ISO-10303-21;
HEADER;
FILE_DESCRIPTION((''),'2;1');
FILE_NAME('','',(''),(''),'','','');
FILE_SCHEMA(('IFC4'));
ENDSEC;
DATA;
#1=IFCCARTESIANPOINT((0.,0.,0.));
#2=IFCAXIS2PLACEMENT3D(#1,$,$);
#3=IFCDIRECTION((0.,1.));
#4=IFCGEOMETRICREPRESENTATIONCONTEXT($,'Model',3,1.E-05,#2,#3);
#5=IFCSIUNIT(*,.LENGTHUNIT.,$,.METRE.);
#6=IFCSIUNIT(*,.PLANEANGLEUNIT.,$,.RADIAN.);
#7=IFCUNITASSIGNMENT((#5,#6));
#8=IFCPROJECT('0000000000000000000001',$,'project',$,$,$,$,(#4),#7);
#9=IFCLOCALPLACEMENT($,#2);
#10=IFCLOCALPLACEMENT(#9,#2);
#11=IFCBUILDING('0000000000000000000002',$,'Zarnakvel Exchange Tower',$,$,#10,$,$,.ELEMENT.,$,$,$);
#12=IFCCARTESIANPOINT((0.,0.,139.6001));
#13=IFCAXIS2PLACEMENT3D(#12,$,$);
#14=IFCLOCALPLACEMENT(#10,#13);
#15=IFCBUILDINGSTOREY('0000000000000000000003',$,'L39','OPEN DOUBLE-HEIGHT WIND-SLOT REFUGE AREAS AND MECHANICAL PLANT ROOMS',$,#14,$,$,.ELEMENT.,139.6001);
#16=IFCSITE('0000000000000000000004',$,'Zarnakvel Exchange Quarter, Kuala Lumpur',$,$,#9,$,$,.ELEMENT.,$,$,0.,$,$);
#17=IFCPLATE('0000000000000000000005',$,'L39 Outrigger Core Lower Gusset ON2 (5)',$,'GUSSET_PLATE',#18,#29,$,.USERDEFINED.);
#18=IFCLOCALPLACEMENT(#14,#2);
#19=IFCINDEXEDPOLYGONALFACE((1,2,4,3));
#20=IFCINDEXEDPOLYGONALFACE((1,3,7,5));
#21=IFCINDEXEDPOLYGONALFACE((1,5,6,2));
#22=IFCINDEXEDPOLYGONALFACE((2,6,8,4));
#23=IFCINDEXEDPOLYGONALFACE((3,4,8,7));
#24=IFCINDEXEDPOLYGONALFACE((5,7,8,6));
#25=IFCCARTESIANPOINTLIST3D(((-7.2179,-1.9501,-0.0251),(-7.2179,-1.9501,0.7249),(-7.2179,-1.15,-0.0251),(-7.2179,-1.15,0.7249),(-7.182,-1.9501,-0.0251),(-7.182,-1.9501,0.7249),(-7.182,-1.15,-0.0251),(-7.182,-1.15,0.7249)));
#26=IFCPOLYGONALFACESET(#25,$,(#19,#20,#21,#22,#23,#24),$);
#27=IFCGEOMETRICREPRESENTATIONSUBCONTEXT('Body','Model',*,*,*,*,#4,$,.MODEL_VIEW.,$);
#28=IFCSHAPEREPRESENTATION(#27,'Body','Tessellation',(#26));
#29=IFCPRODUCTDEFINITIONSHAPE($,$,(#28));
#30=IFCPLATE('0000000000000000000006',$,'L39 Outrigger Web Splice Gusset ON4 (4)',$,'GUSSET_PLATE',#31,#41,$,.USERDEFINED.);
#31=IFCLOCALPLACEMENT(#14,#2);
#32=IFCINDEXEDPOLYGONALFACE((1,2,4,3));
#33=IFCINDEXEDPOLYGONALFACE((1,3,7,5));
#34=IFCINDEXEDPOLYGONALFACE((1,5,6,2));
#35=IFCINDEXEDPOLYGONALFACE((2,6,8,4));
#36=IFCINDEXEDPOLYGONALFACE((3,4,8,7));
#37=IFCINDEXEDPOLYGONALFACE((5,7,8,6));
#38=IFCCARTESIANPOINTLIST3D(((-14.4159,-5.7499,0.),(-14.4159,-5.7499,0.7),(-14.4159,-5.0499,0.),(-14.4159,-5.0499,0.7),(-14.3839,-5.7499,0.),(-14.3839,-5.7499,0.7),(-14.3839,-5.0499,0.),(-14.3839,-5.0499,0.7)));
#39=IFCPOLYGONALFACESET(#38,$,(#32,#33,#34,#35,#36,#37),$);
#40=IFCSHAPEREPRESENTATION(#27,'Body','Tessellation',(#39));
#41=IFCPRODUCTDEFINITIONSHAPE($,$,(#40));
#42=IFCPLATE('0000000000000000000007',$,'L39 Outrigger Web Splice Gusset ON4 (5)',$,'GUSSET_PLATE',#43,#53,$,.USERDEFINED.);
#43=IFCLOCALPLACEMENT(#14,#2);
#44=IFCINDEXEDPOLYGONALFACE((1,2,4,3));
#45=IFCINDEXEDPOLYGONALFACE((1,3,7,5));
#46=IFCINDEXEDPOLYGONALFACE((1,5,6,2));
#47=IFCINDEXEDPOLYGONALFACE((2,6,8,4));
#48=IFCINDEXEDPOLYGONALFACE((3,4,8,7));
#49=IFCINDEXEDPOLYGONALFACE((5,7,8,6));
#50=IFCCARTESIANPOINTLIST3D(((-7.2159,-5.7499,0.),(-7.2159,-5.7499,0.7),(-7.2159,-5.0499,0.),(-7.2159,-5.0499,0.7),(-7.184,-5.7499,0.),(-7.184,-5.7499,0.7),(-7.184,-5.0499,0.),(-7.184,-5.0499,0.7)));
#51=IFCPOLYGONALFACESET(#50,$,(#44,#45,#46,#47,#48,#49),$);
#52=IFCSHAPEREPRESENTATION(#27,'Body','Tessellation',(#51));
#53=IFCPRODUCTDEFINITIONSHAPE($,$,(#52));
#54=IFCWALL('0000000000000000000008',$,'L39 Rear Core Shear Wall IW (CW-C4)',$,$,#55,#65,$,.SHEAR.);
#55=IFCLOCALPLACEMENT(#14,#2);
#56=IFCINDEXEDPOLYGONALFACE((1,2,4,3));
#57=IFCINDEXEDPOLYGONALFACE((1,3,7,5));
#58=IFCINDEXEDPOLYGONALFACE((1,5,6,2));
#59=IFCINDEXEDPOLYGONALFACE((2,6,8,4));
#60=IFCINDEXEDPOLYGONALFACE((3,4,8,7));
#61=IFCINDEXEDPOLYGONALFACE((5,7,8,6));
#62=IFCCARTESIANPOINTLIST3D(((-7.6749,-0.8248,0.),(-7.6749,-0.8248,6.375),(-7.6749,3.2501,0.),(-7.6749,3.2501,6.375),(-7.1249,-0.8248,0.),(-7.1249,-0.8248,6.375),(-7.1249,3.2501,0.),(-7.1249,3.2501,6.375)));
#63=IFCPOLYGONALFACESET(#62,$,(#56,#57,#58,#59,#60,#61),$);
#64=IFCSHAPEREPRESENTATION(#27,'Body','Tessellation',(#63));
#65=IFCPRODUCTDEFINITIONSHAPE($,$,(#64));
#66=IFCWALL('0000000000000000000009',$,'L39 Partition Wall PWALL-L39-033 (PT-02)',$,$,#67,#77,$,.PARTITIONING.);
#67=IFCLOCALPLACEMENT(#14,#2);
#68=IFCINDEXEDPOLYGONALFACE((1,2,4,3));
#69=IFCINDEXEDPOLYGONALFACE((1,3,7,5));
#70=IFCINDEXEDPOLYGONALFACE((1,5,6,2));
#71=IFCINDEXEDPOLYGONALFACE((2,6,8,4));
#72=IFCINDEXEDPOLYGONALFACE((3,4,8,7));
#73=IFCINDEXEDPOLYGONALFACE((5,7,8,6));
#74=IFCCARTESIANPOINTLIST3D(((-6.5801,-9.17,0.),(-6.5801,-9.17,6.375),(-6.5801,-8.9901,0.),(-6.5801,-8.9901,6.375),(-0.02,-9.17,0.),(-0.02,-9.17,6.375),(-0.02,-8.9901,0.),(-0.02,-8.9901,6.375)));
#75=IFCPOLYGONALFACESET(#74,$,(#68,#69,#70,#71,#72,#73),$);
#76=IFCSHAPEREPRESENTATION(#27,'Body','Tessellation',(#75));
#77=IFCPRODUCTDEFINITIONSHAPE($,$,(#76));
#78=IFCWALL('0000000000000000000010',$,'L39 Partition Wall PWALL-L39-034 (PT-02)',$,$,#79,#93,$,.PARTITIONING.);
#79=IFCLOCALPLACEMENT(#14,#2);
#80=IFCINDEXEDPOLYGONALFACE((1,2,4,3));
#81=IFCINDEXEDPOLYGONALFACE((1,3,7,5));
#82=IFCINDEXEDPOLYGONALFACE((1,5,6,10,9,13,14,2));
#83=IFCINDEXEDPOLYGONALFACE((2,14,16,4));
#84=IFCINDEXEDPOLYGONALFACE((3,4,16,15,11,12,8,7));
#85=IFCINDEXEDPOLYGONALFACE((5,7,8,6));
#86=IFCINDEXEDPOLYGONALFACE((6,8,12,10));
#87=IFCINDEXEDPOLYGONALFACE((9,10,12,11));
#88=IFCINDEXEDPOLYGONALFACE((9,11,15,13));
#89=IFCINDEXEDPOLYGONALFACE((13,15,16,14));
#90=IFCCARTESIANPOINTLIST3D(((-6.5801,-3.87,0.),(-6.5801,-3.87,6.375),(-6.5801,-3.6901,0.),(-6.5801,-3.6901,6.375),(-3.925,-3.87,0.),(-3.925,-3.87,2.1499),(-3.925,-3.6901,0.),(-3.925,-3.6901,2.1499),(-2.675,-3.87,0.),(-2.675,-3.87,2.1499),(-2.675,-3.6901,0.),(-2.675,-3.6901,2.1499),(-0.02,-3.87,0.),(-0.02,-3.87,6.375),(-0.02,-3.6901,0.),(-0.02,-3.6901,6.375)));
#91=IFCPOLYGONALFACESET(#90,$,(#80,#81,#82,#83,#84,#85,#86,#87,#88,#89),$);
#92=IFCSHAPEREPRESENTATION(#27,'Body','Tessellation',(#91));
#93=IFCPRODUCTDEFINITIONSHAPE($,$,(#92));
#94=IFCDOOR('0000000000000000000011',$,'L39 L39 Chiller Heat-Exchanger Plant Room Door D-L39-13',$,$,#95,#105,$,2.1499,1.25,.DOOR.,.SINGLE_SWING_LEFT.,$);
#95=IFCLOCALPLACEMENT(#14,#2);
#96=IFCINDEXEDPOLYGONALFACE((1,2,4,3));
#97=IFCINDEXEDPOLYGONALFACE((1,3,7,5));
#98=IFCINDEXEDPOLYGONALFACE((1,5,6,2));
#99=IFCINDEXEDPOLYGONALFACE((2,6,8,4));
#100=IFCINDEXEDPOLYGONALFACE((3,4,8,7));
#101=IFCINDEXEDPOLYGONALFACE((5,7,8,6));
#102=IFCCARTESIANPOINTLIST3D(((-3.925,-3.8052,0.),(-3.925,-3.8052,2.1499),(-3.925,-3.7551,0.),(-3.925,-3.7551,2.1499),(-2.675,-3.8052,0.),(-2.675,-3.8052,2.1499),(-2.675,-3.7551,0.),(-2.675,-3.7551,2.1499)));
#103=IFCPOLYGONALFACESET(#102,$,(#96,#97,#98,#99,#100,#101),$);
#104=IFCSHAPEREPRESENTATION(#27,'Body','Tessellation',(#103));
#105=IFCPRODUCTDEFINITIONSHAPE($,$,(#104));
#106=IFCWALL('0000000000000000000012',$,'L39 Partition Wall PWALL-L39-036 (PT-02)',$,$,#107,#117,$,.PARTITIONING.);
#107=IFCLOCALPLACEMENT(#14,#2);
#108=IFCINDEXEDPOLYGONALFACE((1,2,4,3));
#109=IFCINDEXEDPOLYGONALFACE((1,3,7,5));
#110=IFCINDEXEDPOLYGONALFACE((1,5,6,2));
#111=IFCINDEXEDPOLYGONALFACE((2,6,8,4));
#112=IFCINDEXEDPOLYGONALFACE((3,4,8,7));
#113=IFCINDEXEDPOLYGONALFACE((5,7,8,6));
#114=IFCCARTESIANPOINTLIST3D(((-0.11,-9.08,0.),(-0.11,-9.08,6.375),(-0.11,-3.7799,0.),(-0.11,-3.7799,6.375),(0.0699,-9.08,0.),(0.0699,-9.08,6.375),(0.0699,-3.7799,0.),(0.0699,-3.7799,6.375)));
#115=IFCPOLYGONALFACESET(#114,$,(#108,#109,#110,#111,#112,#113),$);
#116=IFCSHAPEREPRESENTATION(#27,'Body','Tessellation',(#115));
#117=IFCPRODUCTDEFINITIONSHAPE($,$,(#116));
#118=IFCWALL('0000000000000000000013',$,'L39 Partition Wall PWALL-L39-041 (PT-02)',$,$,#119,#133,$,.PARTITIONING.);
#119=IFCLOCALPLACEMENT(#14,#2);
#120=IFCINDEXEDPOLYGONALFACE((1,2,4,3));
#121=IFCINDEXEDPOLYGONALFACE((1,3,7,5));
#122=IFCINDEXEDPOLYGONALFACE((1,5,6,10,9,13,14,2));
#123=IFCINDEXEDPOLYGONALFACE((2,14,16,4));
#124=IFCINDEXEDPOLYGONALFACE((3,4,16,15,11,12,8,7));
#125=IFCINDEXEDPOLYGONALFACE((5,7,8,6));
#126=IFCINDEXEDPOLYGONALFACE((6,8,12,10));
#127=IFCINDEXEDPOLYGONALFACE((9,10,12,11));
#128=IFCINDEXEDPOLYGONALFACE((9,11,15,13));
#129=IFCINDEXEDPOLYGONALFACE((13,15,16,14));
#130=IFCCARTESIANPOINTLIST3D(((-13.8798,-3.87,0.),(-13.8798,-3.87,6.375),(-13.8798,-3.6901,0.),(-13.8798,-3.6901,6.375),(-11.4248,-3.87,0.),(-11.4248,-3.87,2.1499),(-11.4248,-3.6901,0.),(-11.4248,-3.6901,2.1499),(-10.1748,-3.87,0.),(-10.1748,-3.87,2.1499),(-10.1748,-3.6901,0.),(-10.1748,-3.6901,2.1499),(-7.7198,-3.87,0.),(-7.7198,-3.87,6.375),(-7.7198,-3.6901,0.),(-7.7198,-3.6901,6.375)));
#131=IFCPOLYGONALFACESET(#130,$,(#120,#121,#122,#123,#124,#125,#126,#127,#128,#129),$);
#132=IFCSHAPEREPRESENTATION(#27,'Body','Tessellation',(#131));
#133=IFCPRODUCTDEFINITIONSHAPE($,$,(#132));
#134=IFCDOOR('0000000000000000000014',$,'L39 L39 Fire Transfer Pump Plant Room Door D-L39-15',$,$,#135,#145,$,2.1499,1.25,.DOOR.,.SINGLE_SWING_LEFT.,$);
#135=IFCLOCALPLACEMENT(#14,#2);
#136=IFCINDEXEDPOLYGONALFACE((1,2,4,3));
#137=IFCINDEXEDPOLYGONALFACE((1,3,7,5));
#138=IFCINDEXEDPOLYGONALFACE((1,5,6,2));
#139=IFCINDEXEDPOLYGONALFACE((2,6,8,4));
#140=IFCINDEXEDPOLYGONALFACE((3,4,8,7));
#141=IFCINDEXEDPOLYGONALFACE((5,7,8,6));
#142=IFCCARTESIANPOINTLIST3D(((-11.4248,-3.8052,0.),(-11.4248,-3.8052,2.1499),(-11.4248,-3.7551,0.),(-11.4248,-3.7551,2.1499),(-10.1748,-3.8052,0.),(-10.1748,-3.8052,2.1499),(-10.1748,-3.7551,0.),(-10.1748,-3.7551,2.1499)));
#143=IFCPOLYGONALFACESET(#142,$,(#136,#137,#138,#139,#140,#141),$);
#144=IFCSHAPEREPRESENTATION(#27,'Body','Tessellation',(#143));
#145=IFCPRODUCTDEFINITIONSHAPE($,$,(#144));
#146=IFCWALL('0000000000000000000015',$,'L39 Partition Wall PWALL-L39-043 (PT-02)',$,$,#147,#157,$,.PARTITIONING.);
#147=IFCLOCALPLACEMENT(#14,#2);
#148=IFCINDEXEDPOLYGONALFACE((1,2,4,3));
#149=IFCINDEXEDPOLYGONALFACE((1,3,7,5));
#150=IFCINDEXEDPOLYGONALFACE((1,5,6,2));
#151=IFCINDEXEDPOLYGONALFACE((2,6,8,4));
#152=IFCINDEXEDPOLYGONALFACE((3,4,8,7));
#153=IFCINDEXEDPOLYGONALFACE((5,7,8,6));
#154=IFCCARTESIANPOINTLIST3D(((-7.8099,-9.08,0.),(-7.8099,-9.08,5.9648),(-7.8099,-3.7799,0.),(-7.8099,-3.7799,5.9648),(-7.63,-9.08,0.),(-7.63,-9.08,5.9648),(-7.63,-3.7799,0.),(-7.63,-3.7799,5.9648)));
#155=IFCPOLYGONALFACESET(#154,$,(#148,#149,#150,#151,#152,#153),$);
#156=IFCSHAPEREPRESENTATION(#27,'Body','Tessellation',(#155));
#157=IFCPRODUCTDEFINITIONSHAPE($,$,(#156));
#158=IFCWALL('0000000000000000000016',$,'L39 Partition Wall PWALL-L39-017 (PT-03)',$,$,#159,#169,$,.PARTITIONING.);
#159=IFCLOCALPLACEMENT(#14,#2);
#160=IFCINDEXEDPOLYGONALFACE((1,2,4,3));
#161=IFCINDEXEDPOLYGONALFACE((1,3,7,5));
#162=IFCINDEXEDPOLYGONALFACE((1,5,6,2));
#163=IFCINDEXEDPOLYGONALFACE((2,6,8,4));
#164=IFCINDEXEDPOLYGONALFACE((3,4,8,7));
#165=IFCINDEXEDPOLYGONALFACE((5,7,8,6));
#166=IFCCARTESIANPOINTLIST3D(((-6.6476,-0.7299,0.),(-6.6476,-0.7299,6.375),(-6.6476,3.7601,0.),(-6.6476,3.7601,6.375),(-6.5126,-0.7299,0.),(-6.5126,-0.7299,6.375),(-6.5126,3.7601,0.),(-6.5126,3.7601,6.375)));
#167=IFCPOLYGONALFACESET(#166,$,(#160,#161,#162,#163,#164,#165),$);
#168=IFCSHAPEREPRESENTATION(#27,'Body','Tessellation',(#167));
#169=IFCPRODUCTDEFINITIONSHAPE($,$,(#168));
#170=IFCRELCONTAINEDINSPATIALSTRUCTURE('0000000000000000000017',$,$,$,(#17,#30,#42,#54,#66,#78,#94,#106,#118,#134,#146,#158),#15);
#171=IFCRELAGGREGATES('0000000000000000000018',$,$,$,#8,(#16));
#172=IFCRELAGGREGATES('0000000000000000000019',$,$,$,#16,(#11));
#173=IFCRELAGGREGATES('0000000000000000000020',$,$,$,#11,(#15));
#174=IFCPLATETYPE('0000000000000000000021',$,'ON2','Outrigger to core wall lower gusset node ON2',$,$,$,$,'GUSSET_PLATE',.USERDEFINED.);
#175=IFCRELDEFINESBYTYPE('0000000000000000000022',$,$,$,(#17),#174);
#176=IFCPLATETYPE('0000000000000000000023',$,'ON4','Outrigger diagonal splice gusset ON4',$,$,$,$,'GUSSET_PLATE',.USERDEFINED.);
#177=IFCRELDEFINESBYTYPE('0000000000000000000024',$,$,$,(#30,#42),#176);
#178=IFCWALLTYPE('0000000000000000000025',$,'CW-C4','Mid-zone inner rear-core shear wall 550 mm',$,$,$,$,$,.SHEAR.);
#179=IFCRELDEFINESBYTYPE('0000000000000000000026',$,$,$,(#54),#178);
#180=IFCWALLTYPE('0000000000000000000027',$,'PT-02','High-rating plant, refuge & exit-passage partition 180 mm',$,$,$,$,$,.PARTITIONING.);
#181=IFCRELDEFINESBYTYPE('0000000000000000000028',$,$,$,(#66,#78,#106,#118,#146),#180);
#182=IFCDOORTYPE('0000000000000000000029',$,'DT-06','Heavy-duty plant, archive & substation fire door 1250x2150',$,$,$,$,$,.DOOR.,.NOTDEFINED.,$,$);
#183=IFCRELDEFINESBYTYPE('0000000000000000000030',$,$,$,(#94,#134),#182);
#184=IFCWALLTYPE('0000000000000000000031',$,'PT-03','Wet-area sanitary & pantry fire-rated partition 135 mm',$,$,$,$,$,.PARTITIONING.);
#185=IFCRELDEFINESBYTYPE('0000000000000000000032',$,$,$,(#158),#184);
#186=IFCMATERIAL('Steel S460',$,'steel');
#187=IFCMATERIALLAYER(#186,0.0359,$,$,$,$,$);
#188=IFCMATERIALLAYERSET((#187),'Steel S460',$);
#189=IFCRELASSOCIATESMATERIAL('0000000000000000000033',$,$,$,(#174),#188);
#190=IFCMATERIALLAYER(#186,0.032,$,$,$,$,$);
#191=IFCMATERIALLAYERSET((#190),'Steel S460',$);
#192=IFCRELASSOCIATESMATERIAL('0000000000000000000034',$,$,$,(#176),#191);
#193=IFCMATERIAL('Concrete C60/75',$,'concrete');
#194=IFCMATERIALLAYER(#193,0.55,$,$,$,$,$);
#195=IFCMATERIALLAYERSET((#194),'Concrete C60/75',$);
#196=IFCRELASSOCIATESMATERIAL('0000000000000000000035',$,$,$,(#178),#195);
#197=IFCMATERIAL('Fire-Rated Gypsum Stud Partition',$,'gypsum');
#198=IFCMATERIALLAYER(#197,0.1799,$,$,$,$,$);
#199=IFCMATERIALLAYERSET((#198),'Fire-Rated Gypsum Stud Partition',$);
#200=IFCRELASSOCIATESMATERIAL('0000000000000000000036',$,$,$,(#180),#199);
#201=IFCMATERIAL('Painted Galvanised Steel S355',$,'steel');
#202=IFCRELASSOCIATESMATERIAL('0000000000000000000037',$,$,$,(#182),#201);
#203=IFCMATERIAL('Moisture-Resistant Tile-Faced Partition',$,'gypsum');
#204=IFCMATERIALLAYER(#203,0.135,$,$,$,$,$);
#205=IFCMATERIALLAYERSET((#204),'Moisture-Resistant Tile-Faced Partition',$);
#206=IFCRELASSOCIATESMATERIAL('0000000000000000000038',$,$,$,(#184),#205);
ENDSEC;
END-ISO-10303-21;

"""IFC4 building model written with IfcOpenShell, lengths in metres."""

from ifc_helpers import new_model, si_unit, direction, frame, frame_2d, origin, origin_2d, place, context, subcontext, project, spatial, rectangle, extrude, source, transform, mapped, material, layer, layer_set, type_object, element, fill, save


model = new_model("IFC4")

# Units and contexts
model_context = context("Model", 3, precision=1e-05, world=origin(), true_north=direction((0.0, 1.0)))
body_context = subcontext(model_context, "Body", "Model", "MODEL_VIEW")
ifc_project = project(units=[si_unit("LENGTHUNIT", "METRE"), si_unit("PLANEANGLEUNIT", "RADIAN")], contexts=[model_context])

# Site, building, storey
site_placement = place(None, origin())
site = spatial("IfcSite", under=ifc_project, at=site_placement, Name="Zarnakvel Exchange Quarter, Kuala Lumpur", CompositionType="ELEMENT", RefElevation=0.0)
building_placement = place(site_placement, origin())
building = spatial("IfcBuilding", under=site, at=building_placement, Name="Zarnakvel Exchange Tower", CompositionType="ELEMENT")
storey_placement = place(building_placement, frame((0.0, 0.0, 139.6001)))
storey = spatial("IfcBuildingStorey", under=building, at=storey_placement, Name="L39", Description="OPEN DOUBLE-HEIGHT WIND-SLOT REFUGE AREAS AND MECHANICAL PLANT ROOMS", CompositionType="ELEMENT", Elevation=139.6001)

# Shared definitions
ifc_material_1 = material(Name="Concrete C60/75", Category="concrete")

# Shared definitions
ifc_material_2 = material(Name="Steel S460", Category="steel")

# Plates
ifc_layer_1 = layer(ifc_material_2, 0.0359)
ifc_layer_set_1 = layer_set([ifc_layer_1], Name="Steel S460")
plate_type_1 = type_object("IfcPlateType", Name="ON2", Description="Outrigger to core wall lower gusset node ON2", ElementType="GUSSET_PLATE", PredefinedType="USERDEFINED", material=ifc_layer_set_1)
shared_shape_1 = source(origin(), body_context, "Body", "SweptSolid", [
    extrude(rectangle(XDim=0.0359, YDim=0.8, at=origin_2d()), origin(), (0.0, 0.0, 1.0), 0.75),
])
for number, where, z_axis, x_axis, name in (
    (1, (-7.2, -1.55, -0.0251), (0.0, 0.0, 1.0), (1.0, 0.0, 0.0), "L39 Outrigger Core Lower Gusset ON2 (5)"),
):
    element("IfcPlate", number, at=place(storey_placement, frame(where, z_axis=z_axis, x_axis=x_axis)), inside=storey, type_object=plate_type_1, Name=name, ObjectType="GUSSET_PLATE", PredefinedType="USERDEFINED", context=body_context, shape_type="MappedRepresentation", body=[
        mapped(shared_shape_1, transform((0.0, 0.0, 0.0), x_axis=(1.0, 0.0, 0.0), y_axis=(0.0, 1.0, 0.0), z_axis=(0.0, 0.0, 1.0), scale=1.0)),
    ])
ifc_layer_2 = layer(ifc_material_2, 0.032)
ifc_layer_set_2 = layer_set([ifc_layer_2], Name="Steel S460")
plate_type_2 = type_object("IfcPlateType", Name="ON4", Description="Outrigger diagonal splice gusset ON4", ElementType="GUSSET_PLATE", PredefinedType="USERDEFINED", material=ifc_layer_set_2)
shared_shape_2 = source(origin(), body_context, "Body", "SweptSolid", [
    extrude(rectangle(XDim=0.032, YDim=0.7, at=origin_2d()), origin(), (0.0, 0.0, 1.0), 0.7),
])
for number, where, z_axis, x_axis, name in (
    (2, (-14.3999, -5.3999, 0.0), (0.0, 0.0, 1.0), (1.0, 0.0, 0.0), "L39 Outrigger Web Splice Gusset ON4 (4)"),
    (3, (-7.2, -5.3999, 0.0), (0.0, 0.0, 1.0), (1.0, 0.0, 0.0), "L39 Outrigger Web Splice Gusset ON4 (5)"),
):
    element("IfcPlate", number, at=place(storey_placement, frame(where, z_axis=z_axis, x_axis=x_axis)), inside=storey, type_object=plate_type_2, Name=name, ObjectType="GUSSET_PLATE", PredefinedType="USERDEFINED", context=body_context, shape_type="MappedRepresentation", body=[
        mapped(shared_shape_2, transform((0.0, 0.0, 0.0), x_axis=(1.0, 0.0, 0.0), y_axis=(0.0, 1.0, 0.0), z_axis=(0.0, 0.0, 1.0), scale=1.0)),
    ])

# Shared definitions
ifc_material_3 = material(Name="Painted Galvanised Steel S355", Category="steel")

# Walls
ifc_layer_3 = layer(ifc_material_1, 0.55)
ifc_layer_set_3 = layer_set([ifc_layer_3], Name="Concrete C60/75")
wall_type_1 = type_object("IfcWallType", Name="CW-C4", Description="Mid-zone inner rear-core shear wall 550 mm", PredefinedType="SHEAR", material=ifc_layer_set_3)
wall_1_placement = place(storey_placement, frame((-7.3999, -0.825, 0.0), z_axis=(0.0, 0.0, 1.0), x_axis=(0.0, 1.0, 0.0)))
element("IfcWall", 4, at=wall_1_placement, inside=storey, type_object=wall_type_1, Name="L39 Rear Core Shear Wall IW (CW-C4)", PredefinedType="SHEAR", context=body_context, shape_type="SweptSolid", body=[
    extrude(rectangle(XDim=4.075, YDim=0.55, at=frame_2d((2.0376, 0.0))), origin(), (0.0, 0.0, 1.0), 6.375),
])
ifc_material_4 = material(Name="Fire-Rated Gypsum Stud Partition", Category="gypsum")
ifc_layer_4 = layer(ifc_material_4, 0.1799)
ifc_layer_set_4 = layer_set([ifc_layer_4], Name="Fire-Rated Gypsum Stud Partition")
wall_type_2 = type_object("IfcWallType", Name="PT-02", Description="High-rating plant, refuge & exit-passage partition 180 mm", PredefinedType="PARTITIONING", material=ifc_layer_set_4)
wall_2_placement = place(storey_placement, frame((-0.02, -9.0801, 0.0), z_axis=(0.0, 0.0, 1.0), x_axis=(-1.0, 0.0, 0.0)))
element("IfcWall", 5, at=wall_2_placement, inside=storey, type_object=wall_type_2, Name="L39 Partition Wall PWALL-L39-033 (PT-02)", PredefinedType="PARTITIONING", context=body_context, shape_type="SweptSolid", body=[
    extrude(rectangle(XDim=6.5601, YDim=0.1799, at=frame_2d((3.28, 0.0))), origin(), (0.0, 0.0, 1.0), 6.375),
])

# Wall, opening, door
wall_3_placement = place(storey_placement, frame((-6.5801, -3.78, 0.0), z_axis=(0.0, 0.0, 1.0), x_axis=(1.0, 0.0, 0.0)))
wall_3 = element("IfcWall", 6, at=wall_3_placement, inside=storey, type_object=wall_type_2, Name="L39 Partition Wall PWALL-L39-034 (PT-02)", PredefinedType="PARTITIONING", context=body_context, shape_type="SweptSolid", body=[
    extrude(rectangle(XDim=6.5601, YDim=0.1799, at=frame_2d((3.28, 0.0))), origin(), (0.0, 0.0, 1.0), 6.375),
])
opening_1_placement = place(wall_3_placement, frame((2.655, 0.0, 0.0)))
opening_1 = element("IfcOpeningElement", 7, at=opening_1_placement, cuts=wall_3, PredefinedType="OPENING", context=body_context, shape_type="SweptSolid", body=[
    extrude(rectangle(XDim=1.25, YDim=2.1499, at=frame_2d((0.625, 1.075))), frame((0.0, 0.0999, 0.0), z_axis=(0.0, -1.0, 0.0), x_axis=(1.0, 0.0, 0.0)), (0.0, 0.0, 1.0), 0.2),
])
door_type_1 = type_object("IfcDoorType", Name="DT-06", Description="Heavy-duty plant, archive & substation fire door 1250x2150", OperationType="NOTDEFINED", PredefinedType="DOOR", material=ifc_material_3)
shared_shape_3 = source(origin(), body_context, "Body", "SweptSolid", [
    extrude(rectangle(XDim=1.25, YDim=2.1499, at=frame_2d((0.625, 1.075))), frame((0.0, 0.0249, 0.0), z_axis=(0.0, -1.0, 0.0), x_axis=(1.0, 0.0, 0.0)), (0.0, 0.0, 1.0), 0.05),
])
door_1_placement = place(opening_1_placement, origin())
door_1 = element("IfcDoor", 8, at=door_1_placement, inside=storey, type_object=door_type_1, Name="L39 L39 Chiller Heat-Exchanger Plant Room Door D-L39-13", OperationType="SINGLE_SWING_LEFT", OverallHeight=2.1499, OverallWidth=1.25, PredefinedType="DOOR", context=body_context, shape_type="MappedRepresentation", body=[
    mapped(shared_shape_3, transform((0.0, 0.0, 0.0), x_axis=(1.0, 0.0, 0.0), y_axis=(0.0, 1.0, 0.0), z_axis=(0.0, 0.0, 1.0), scale=1.0)),
])
fill(opening_1, door_1)

# Wall
wall_4_placement = place(storey_placement, frame((-0.02, -3.78, 0.0), z_axis=(0.0, 0.0, 1.0), x_axis=(0.0, -1.0, 0.0)))
element("IfcWall", 9, at=wall_4_placement, inside=storey, type_object=wall_type_2, Name="L39 Partition Wall PWALL-L39-036 (PT-02)", PredefinedType="PARTITIONING", context=body_context, shape_type="SweptSolid", body=[
    extrude(rectangle(XDim=5.3, YDim=0.1799, at=frame_2d((2.6499, 0.0))), origin(), (0.0, 0.0, 1.0), 6.375),
])

# Wall, opening, door
wall_5_placement = place(storey_placement, frame((-13.8799, -3.78, 0.0), z_axis=(0.0, 0.0, 1.0), x_axis=(1.0, 0.0, 0.0)))
wall_5 = element("IfcWall", 10, at=wall_5_placement, inside=storey, type_object=wall_type_2, Name="L39 Partition Wall PWALL-L39-041 (PT-02)", PredefinedType="PARTITIONING", context=body_context, shape_type="SweptSolid", body=[
    extrude(rectangle(XDim=6.1599, YDim=0.1799, at=frame_2d((3.0801, 0.0))), origin(), (0.0, 0.0, 1.0), 6.375),
])
opening_2_placement = place(wall_5_placement, frame((2.4551, 0.0, 0.0)))
opening_2 = element("IfcOpeningElement", 11, at=opening_2_placement, cuts=wall_5, PredefinedType="OPENING", context=body_context, shape_type="SweptSolid", body=[
    extrude(rectangle(XDim=1.25, YDim=2.1499, at=frame_2d((0.625, 1.075))), frame((0.0, 0.0999, 0.0), z_axis=(0.0, -1.0, 0.0), x_axis=(1.0, 0.0, 0.0)), (0.0, 0.0, 1.0), 0.2),
])
door_2_placement = place(opening_2_placement, origin())
door_2 = element("IfcDoor", 12, at=door_2_placement, inside=storey, type_object=door_type_1, Name="L39 L39 Fire Transfer Pump Plant Room Door D-L39-15", OperationType="SINGLE_SWING_LEFT", OverallHeight=2.1499, OverallWidth=1.25, PredefinedType="DOOR", context=body_context, shape_type="MappedRepresentation", body=[
    mapped(shared_shape_3, transform((0.0, 0.0, 0.0), x_axis=(1.0, 0.0, 0.0), y_axis=(0.0, 1.0, 0.0), z_axis=(0.0, 0.0, 1.0), scale=1.0)),
])
fill(opening_2, door_2)

# Walls
wall_6_placement = place(storey_placement, frame((-7.72, -3.78, 0.0), z_axis=(0.0, 0.0, 1.0), x_axis=(0.0, -1.0, 0.0)))
element("IfcWall", 13, at=wall_6_placement, inside=storey, type_object=wall_type_2, Name="L39 Partition Wall PWALL-L39-043 (PT-02)", PredefinedType="PARTITIONING", context=body_context, shape_type="SweptSolid", body=[
    extrude(rectangle(XDim=5.3, YDim=0.1799, at=frame_2d((2.6499, 0.0))), origin(), (0.0, 0.0, 1.0), 5.9648),
])
ifc_material_5 = material(Name="Moisture-Resistant Tile-Faced Partition", Category="gypsum")
ifc_layer_5 = layer(ifc_material_5, 0.135)
ifc_layer_set_5 = layer_set([ifc_layer_5], Name="Moisture-Resistant Tile-Faced Partition")
wall_type_3 = type_object("IfcWallType", Name="PT-03", Description="Wet-area sanitary & pantry fire-rated partition 135 mm", PredefinedType="PARTITIONING", material=ifc_layer_set_5)
wall_7_placement = place(storey_placement, frame((-6.5801, -0.73, 0.0), z_axis=(0.0, 0.0, 1.0), x_axis=(0.0, 1.0, 0.0)))
element("IfcWall", 14, at=wall_7_placement, inside=storey, type_object=wall_type_3, Name="L39 Partition Wall PWALL-L39-017 (PT-03)", PredefinedType="PARTITIONING", context=body_context, shape_type="SweptSolid", body=[
    extrude(rectangle(XDim=4.49, YDim=0.135, at=frame_2d((2.2451, 0.0))), origin(), (0.0, 0.0, 1.0), 6.375),
])

save(model, "model.ifc")
